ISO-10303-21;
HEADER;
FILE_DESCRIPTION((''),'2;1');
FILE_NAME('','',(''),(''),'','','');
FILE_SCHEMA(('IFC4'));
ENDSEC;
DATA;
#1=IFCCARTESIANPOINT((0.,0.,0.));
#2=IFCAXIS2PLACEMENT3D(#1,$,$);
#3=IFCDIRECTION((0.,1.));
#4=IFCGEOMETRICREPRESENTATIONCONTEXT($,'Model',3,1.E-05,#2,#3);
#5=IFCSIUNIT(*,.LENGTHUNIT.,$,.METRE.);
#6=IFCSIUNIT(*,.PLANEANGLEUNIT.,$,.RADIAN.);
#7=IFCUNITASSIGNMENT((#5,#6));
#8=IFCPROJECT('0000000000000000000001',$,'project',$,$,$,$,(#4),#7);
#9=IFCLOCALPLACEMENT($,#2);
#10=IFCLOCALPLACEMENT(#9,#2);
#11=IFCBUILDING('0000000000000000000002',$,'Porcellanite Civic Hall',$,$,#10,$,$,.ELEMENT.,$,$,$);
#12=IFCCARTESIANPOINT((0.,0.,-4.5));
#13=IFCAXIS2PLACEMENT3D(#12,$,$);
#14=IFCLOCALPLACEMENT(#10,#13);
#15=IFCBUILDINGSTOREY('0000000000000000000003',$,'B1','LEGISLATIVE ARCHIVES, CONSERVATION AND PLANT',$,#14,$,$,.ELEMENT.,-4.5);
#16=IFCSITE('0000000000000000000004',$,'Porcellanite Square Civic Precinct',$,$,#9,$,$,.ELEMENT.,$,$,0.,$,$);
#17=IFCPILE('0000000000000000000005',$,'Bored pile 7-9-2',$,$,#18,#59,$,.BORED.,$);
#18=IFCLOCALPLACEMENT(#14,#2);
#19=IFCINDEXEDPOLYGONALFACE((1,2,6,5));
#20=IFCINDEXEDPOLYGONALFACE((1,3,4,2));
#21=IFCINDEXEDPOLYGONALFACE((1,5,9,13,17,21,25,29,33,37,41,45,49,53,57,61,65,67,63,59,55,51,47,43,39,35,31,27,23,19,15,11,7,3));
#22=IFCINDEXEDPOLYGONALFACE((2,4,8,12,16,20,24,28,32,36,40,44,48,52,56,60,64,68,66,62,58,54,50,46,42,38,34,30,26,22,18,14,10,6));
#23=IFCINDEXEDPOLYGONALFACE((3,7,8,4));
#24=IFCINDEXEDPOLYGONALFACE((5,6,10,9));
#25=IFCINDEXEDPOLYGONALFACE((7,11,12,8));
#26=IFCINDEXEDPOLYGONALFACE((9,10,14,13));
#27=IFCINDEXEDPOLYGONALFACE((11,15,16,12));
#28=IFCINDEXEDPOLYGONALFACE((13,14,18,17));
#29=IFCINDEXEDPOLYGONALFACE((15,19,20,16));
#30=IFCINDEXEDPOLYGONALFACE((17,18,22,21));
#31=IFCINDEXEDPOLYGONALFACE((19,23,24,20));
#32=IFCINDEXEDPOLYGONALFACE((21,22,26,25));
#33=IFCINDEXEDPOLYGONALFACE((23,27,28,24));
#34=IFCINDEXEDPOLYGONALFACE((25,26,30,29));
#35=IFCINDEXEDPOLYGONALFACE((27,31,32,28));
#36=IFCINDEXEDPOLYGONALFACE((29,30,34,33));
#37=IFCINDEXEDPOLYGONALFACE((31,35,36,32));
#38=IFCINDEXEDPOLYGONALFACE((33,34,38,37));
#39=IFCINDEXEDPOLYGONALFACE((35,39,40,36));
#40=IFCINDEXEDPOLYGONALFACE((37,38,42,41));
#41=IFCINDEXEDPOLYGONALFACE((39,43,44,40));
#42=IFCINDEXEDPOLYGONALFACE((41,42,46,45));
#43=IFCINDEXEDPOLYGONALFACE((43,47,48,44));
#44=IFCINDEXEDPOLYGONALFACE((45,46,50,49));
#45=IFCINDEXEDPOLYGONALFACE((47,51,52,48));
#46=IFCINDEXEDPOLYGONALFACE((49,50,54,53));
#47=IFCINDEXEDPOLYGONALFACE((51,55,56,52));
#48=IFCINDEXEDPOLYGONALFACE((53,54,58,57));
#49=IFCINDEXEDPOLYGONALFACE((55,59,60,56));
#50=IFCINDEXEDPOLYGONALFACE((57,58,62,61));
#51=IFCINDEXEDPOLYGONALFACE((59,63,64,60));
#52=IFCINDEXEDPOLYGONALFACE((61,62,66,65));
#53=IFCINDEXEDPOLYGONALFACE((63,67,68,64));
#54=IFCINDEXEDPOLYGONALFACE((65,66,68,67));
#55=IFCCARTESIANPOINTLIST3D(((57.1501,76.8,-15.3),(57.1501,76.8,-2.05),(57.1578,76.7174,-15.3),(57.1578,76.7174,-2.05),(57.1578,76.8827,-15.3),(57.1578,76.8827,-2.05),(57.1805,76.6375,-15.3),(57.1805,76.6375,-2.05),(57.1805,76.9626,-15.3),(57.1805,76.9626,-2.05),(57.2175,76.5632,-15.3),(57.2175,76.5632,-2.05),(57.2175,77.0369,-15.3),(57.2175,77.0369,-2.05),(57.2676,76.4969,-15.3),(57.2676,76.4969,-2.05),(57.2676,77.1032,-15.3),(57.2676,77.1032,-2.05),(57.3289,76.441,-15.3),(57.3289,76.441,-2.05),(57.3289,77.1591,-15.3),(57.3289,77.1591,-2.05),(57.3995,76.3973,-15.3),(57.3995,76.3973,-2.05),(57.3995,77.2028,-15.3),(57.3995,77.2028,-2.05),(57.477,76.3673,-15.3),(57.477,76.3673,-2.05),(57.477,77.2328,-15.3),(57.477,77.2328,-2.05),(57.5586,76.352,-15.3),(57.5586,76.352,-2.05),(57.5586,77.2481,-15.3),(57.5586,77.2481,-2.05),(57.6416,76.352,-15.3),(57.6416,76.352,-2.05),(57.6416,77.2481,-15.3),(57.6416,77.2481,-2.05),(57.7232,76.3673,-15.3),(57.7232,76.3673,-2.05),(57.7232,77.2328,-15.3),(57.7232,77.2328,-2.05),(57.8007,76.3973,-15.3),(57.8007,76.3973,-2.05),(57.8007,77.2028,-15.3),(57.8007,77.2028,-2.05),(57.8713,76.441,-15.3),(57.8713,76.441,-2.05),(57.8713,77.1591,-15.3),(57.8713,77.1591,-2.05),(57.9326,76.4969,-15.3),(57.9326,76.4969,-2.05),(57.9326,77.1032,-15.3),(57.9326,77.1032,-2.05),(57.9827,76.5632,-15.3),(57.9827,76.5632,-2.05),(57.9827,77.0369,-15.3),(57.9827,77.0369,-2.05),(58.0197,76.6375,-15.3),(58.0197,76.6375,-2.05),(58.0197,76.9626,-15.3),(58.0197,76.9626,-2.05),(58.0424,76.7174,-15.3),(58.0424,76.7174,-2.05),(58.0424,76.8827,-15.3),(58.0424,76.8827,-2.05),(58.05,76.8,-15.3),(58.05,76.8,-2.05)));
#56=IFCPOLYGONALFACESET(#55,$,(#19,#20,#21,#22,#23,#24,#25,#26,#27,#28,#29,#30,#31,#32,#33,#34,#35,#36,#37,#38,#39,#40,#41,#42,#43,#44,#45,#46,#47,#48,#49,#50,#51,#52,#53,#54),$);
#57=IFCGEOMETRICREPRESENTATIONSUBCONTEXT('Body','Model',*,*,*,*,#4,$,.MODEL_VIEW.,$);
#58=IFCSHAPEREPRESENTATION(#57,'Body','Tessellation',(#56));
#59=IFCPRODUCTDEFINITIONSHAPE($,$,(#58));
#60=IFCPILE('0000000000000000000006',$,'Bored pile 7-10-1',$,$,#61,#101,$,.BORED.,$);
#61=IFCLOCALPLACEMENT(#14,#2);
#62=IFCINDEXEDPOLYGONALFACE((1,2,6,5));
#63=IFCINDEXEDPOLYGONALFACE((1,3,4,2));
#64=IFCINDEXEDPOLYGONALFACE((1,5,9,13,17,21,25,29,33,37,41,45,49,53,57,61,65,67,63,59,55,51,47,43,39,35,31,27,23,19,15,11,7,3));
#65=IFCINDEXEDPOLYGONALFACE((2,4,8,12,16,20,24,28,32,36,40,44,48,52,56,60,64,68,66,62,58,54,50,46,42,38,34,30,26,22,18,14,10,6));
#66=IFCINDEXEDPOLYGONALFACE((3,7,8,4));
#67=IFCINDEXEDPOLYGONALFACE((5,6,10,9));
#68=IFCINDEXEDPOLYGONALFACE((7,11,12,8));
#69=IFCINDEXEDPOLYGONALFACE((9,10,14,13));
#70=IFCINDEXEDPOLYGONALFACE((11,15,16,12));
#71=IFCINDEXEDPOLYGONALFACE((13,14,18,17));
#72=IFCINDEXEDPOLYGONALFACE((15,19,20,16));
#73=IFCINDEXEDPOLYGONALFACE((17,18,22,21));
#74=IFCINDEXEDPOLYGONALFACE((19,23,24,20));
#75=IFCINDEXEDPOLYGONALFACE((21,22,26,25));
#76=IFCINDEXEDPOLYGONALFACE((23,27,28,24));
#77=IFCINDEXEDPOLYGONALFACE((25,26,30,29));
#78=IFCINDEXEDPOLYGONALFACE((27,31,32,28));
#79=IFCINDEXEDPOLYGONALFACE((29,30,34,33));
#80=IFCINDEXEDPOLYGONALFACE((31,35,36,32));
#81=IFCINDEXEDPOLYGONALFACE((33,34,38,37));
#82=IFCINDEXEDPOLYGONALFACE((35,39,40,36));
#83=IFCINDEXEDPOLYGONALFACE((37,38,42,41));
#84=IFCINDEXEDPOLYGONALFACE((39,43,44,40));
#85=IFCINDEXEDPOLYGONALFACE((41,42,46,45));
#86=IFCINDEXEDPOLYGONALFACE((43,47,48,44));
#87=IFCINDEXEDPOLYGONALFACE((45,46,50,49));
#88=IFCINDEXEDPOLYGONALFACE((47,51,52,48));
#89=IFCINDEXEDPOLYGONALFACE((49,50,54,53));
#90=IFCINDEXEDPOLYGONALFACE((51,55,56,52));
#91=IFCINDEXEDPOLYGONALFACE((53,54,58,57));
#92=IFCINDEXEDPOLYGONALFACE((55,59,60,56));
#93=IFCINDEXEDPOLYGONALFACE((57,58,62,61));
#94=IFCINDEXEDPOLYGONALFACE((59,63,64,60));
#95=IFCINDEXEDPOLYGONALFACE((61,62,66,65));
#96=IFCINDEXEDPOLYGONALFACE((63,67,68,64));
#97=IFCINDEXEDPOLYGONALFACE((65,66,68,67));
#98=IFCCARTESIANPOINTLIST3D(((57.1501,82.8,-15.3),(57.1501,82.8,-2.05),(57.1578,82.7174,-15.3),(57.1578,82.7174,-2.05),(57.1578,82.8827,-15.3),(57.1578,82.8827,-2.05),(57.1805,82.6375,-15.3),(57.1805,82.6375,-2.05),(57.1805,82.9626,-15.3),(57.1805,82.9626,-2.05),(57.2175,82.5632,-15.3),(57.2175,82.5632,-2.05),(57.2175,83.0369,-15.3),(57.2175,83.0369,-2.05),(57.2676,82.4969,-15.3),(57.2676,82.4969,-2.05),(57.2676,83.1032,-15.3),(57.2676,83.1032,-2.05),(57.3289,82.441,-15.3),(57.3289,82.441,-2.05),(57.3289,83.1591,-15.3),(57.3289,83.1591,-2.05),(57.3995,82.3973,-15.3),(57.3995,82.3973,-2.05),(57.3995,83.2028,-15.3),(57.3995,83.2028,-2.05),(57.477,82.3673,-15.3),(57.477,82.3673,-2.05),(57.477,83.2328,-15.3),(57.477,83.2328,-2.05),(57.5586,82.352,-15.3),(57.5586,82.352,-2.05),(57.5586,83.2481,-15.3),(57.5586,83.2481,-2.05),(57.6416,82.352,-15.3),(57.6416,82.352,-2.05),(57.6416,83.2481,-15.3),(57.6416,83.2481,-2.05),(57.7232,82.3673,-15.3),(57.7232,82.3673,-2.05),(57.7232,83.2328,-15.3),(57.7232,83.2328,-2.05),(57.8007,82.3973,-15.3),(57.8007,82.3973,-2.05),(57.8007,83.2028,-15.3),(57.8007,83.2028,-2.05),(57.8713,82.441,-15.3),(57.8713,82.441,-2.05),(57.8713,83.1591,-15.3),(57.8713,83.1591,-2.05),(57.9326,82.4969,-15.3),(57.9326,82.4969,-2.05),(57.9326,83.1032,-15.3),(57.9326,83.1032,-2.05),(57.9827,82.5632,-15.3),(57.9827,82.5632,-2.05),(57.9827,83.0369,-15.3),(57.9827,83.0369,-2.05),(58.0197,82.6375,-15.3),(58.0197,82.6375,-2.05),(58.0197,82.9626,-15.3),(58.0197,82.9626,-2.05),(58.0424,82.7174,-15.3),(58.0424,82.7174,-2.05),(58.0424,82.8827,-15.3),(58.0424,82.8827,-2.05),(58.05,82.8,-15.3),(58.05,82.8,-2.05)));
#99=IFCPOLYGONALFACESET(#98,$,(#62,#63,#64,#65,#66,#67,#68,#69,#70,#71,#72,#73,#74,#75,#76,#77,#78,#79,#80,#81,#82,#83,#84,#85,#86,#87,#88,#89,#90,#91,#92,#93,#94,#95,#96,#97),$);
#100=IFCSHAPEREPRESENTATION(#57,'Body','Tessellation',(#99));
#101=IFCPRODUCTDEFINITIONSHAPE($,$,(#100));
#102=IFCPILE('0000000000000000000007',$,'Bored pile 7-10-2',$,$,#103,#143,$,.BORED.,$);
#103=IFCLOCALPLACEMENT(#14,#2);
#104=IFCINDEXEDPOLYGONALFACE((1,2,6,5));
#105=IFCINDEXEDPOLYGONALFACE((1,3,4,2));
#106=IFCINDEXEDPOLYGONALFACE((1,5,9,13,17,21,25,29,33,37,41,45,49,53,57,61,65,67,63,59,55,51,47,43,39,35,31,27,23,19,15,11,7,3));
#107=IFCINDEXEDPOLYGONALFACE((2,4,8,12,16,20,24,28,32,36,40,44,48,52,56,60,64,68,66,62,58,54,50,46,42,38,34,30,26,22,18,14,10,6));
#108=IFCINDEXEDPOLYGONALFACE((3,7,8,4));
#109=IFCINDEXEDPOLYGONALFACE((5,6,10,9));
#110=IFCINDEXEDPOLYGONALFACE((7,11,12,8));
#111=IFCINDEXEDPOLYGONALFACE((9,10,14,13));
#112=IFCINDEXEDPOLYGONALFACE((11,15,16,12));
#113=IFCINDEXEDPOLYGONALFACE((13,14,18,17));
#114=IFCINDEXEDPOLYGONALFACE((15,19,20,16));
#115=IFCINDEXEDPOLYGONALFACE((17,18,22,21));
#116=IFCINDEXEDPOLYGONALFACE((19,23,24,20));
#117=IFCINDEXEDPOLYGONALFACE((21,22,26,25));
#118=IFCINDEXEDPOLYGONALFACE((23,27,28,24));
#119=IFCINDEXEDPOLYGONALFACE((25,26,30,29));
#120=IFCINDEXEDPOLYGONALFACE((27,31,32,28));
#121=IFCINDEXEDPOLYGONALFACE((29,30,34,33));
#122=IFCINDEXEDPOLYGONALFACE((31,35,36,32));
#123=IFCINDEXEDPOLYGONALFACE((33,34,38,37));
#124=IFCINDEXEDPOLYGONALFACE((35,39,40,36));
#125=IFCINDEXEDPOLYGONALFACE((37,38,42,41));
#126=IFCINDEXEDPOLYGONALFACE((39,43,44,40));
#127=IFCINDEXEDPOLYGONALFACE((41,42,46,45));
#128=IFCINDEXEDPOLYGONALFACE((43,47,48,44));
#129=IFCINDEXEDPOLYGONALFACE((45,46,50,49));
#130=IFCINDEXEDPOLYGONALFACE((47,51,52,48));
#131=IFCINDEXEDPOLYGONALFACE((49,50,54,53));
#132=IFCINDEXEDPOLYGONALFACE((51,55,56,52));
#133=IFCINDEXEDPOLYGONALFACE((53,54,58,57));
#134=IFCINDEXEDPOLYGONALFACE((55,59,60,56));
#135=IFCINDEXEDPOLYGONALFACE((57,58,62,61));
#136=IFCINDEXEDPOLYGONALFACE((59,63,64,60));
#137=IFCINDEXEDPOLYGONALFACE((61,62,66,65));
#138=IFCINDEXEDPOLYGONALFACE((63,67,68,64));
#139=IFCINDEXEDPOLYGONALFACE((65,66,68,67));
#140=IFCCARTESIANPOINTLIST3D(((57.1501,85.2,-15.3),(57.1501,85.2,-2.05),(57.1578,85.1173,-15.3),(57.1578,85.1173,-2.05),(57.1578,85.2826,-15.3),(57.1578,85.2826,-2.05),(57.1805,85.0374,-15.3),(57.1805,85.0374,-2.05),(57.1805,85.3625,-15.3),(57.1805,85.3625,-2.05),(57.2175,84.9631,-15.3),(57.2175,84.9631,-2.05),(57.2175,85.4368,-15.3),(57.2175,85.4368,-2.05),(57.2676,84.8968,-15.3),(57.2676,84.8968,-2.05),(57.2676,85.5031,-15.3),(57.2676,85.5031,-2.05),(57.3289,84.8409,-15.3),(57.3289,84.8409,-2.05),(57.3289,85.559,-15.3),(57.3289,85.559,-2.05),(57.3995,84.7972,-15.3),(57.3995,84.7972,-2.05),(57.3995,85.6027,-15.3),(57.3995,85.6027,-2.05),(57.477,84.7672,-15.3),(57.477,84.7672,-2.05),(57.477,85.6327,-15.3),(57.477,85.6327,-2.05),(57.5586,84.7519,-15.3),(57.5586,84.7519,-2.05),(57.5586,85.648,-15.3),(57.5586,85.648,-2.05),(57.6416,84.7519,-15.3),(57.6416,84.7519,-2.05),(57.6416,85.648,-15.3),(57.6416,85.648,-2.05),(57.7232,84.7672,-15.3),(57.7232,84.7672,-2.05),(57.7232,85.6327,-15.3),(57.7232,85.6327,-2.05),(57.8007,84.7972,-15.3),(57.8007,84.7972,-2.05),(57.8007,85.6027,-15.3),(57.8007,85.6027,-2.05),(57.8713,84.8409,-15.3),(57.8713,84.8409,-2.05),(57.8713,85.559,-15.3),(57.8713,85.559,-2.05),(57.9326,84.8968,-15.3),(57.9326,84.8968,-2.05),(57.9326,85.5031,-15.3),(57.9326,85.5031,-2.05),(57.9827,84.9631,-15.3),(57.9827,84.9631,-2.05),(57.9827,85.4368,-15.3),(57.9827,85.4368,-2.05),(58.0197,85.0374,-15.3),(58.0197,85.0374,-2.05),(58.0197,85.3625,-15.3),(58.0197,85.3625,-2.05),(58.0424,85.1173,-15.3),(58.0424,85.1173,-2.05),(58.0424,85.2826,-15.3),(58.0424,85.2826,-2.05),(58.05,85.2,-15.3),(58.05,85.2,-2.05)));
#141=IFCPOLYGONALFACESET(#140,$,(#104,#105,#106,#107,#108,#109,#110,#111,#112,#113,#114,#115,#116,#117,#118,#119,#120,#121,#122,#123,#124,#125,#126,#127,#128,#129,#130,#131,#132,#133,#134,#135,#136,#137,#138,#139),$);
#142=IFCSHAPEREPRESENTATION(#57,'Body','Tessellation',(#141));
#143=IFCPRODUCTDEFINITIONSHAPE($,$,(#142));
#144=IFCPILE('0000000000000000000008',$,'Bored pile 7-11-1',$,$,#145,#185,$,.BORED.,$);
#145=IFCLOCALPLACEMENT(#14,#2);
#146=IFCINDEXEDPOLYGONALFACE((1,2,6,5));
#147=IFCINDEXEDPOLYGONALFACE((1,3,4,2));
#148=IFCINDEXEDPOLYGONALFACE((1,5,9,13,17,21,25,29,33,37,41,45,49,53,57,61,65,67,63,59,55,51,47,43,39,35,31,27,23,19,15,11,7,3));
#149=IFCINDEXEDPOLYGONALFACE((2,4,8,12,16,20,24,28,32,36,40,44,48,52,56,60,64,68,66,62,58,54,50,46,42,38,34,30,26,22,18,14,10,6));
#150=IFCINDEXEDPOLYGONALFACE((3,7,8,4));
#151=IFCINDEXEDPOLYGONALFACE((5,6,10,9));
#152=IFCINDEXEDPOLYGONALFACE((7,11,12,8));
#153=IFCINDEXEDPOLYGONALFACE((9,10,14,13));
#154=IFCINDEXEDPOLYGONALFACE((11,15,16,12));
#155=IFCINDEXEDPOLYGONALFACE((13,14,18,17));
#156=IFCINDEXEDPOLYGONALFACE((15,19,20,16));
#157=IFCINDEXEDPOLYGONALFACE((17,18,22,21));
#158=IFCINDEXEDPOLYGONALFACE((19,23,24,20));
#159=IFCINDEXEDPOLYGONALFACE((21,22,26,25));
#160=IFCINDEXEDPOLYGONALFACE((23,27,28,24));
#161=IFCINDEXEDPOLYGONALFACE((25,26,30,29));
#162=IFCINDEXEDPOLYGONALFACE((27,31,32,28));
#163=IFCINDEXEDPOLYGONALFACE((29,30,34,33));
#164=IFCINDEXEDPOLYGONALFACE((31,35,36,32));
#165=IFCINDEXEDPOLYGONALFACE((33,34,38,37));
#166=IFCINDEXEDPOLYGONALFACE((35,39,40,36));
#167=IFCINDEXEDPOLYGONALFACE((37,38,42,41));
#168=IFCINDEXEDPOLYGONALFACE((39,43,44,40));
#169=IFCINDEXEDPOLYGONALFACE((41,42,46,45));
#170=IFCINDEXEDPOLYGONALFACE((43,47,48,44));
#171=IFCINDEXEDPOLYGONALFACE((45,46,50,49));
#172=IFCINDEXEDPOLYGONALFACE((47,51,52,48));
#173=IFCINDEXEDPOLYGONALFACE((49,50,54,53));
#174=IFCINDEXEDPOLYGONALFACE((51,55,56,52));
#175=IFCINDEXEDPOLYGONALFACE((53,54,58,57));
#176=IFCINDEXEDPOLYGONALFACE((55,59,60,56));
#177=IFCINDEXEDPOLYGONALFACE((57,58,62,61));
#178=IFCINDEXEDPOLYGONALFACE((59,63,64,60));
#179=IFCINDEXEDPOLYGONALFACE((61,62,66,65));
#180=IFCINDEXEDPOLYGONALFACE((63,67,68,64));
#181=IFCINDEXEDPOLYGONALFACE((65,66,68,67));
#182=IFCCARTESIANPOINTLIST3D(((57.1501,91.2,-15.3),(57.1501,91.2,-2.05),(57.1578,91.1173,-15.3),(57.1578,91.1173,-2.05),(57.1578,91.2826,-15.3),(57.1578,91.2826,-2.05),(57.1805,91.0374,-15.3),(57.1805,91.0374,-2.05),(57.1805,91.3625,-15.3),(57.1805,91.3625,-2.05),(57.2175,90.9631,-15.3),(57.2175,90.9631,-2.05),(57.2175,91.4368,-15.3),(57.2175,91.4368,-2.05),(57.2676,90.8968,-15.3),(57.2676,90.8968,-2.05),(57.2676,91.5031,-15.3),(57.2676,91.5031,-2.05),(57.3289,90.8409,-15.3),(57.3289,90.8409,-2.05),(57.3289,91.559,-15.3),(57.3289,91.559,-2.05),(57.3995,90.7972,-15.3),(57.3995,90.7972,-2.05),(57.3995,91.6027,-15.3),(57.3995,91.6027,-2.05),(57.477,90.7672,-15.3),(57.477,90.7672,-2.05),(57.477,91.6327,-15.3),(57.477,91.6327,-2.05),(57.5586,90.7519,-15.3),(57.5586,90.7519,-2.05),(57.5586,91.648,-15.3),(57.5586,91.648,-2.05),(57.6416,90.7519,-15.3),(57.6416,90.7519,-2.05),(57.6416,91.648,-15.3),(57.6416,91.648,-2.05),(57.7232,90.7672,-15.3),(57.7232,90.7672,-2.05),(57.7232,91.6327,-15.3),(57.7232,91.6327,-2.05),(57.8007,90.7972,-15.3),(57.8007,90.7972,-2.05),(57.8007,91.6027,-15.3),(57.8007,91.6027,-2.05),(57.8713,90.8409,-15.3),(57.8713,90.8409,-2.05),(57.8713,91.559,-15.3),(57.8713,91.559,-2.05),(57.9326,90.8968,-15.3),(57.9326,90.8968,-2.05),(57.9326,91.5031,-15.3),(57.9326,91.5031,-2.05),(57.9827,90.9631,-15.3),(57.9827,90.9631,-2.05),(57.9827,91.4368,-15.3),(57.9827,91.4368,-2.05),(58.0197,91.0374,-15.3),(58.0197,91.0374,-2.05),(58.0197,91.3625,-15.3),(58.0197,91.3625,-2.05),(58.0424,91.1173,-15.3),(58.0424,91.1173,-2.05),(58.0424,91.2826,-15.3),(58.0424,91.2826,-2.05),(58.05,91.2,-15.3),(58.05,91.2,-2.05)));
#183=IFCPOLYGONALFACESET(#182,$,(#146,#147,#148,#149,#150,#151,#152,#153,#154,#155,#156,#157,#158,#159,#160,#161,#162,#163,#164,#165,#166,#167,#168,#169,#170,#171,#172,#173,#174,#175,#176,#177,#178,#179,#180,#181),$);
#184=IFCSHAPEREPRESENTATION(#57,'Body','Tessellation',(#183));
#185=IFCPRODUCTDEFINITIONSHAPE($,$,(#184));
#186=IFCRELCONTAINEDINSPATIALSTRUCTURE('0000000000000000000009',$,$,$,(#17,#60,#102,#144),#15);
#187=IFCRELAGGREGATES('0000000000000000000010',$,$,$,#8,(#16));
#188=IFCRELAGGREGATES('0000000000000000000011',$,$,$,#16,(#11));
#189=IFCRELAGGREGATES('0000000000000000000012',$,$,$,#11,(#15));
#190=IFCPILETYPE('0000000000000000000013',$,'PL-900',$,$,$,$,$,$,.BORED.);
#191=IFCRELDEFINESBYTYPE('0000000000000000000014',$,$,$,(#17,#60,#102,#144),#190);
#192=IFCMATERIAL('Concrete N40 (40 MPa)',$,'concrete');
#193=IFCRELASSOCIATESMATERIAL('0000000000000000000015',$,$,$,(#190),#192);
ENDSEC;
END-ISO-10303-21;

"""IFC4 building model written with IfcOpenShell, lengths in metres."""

from ifc_helpers import new_model, si_unit, direction, frame, origin, origin_2d, place, context, subcontext, project, spatial, circle, extrude, material, material_profile, profile_set, type_object, element, save


model = new_model("IFC4")

# Units and contexts
model_context = context("Model", 3, precision=1e-05, world=origin(), true_north=direction((0.0, 1.0)))
body_context = subcontext(model_context, "Body", "Model", "MODEL_VIEW")
ifc_project = project(units=[si_unit("LENGTHUNIT", "METRE"), si_unit("PLANEANGLEUNIT", "RADIAN")], contexts=[model_context])

# Site, building, storey
site_placement = place(None, origin())
site = spatial("IfcSite", under=ifc_project, at=site_placement, Name="Porcellanite Square Civic Precinct", CompositionType="ELEMENT", RefElevation=0.0)
building_placement = place(site_placement, origin())
building = spatial("IfcBuilding", under=site, at=building_placement, Name="Porcellanite Civic Hall", CompositionType="ELEMENT")
storey_placement = place(building_placement, frame((0.0, 0.0, -4.5)))
storey = spatial("IfcBuildingStorey", under=building, at=storey_placement, Name="B1", Description="LEGISLATIVE ARCHIVES, CONSERVATION AND PLANT", CompositionType="ELEMENT", Elevation=-4.5)

# Piles
ifc_material_1 = material(Name="Concrete N40 (40 MPa)", Category="concrete")
ifc_material_profile_1 = material_profile(ifc_material_1, circle(Radius=0.45, at=origin_2d()), Name="PILE-D900")
ifc_profile_set_1 = profile_set([ifc_material_profile_1], Name="Concrete N40 (40 MPa)")
pile_type = type_object("IfcPileType", Name="PL-900", PredefinedType="BORED", material=ifc_profile_set_1)
for number, where, z_axis, x_axis, name in (
    (1, (57.6001, 76.8, -2.05), (0.0, 0.0, -1.0), (1.0, 0.0, 0.0), "Bored pile 7-9-2"),
    (2, (57.6001, 82.8, -2.05), (0.0, 0.0, -1.0), (1.0, 0.0, 0.0), "Bored pile 7-10-1"),
    (3, (57.6001, 85.2, -2.05), (0.0, 0.0, -1.0), (1.0, 0.0, 0.0), "Bored pile 7-10-2"),
    (4, (57.6001, 91.2, -2.05), (0.0, 0.0, -1.0), (1.0, 0.0, 0.0), "Bored pile 7-11-1"),
):
    element("IfcPile", number, at=place(storey_placement, frame(where, z_axis=z_axis, x_axis=x_axis)), inside=storey, type_object=pile_type, Name=name, PredefinedType="BORED", context=body_context, shape_type="SweptSolid", body=[
        extrude(circle(Radius=0.45, at=origin_2d()), origin(), (0.0, 0.0, 1.0), 13.25),
    ])

save(model, "model.ifc")
